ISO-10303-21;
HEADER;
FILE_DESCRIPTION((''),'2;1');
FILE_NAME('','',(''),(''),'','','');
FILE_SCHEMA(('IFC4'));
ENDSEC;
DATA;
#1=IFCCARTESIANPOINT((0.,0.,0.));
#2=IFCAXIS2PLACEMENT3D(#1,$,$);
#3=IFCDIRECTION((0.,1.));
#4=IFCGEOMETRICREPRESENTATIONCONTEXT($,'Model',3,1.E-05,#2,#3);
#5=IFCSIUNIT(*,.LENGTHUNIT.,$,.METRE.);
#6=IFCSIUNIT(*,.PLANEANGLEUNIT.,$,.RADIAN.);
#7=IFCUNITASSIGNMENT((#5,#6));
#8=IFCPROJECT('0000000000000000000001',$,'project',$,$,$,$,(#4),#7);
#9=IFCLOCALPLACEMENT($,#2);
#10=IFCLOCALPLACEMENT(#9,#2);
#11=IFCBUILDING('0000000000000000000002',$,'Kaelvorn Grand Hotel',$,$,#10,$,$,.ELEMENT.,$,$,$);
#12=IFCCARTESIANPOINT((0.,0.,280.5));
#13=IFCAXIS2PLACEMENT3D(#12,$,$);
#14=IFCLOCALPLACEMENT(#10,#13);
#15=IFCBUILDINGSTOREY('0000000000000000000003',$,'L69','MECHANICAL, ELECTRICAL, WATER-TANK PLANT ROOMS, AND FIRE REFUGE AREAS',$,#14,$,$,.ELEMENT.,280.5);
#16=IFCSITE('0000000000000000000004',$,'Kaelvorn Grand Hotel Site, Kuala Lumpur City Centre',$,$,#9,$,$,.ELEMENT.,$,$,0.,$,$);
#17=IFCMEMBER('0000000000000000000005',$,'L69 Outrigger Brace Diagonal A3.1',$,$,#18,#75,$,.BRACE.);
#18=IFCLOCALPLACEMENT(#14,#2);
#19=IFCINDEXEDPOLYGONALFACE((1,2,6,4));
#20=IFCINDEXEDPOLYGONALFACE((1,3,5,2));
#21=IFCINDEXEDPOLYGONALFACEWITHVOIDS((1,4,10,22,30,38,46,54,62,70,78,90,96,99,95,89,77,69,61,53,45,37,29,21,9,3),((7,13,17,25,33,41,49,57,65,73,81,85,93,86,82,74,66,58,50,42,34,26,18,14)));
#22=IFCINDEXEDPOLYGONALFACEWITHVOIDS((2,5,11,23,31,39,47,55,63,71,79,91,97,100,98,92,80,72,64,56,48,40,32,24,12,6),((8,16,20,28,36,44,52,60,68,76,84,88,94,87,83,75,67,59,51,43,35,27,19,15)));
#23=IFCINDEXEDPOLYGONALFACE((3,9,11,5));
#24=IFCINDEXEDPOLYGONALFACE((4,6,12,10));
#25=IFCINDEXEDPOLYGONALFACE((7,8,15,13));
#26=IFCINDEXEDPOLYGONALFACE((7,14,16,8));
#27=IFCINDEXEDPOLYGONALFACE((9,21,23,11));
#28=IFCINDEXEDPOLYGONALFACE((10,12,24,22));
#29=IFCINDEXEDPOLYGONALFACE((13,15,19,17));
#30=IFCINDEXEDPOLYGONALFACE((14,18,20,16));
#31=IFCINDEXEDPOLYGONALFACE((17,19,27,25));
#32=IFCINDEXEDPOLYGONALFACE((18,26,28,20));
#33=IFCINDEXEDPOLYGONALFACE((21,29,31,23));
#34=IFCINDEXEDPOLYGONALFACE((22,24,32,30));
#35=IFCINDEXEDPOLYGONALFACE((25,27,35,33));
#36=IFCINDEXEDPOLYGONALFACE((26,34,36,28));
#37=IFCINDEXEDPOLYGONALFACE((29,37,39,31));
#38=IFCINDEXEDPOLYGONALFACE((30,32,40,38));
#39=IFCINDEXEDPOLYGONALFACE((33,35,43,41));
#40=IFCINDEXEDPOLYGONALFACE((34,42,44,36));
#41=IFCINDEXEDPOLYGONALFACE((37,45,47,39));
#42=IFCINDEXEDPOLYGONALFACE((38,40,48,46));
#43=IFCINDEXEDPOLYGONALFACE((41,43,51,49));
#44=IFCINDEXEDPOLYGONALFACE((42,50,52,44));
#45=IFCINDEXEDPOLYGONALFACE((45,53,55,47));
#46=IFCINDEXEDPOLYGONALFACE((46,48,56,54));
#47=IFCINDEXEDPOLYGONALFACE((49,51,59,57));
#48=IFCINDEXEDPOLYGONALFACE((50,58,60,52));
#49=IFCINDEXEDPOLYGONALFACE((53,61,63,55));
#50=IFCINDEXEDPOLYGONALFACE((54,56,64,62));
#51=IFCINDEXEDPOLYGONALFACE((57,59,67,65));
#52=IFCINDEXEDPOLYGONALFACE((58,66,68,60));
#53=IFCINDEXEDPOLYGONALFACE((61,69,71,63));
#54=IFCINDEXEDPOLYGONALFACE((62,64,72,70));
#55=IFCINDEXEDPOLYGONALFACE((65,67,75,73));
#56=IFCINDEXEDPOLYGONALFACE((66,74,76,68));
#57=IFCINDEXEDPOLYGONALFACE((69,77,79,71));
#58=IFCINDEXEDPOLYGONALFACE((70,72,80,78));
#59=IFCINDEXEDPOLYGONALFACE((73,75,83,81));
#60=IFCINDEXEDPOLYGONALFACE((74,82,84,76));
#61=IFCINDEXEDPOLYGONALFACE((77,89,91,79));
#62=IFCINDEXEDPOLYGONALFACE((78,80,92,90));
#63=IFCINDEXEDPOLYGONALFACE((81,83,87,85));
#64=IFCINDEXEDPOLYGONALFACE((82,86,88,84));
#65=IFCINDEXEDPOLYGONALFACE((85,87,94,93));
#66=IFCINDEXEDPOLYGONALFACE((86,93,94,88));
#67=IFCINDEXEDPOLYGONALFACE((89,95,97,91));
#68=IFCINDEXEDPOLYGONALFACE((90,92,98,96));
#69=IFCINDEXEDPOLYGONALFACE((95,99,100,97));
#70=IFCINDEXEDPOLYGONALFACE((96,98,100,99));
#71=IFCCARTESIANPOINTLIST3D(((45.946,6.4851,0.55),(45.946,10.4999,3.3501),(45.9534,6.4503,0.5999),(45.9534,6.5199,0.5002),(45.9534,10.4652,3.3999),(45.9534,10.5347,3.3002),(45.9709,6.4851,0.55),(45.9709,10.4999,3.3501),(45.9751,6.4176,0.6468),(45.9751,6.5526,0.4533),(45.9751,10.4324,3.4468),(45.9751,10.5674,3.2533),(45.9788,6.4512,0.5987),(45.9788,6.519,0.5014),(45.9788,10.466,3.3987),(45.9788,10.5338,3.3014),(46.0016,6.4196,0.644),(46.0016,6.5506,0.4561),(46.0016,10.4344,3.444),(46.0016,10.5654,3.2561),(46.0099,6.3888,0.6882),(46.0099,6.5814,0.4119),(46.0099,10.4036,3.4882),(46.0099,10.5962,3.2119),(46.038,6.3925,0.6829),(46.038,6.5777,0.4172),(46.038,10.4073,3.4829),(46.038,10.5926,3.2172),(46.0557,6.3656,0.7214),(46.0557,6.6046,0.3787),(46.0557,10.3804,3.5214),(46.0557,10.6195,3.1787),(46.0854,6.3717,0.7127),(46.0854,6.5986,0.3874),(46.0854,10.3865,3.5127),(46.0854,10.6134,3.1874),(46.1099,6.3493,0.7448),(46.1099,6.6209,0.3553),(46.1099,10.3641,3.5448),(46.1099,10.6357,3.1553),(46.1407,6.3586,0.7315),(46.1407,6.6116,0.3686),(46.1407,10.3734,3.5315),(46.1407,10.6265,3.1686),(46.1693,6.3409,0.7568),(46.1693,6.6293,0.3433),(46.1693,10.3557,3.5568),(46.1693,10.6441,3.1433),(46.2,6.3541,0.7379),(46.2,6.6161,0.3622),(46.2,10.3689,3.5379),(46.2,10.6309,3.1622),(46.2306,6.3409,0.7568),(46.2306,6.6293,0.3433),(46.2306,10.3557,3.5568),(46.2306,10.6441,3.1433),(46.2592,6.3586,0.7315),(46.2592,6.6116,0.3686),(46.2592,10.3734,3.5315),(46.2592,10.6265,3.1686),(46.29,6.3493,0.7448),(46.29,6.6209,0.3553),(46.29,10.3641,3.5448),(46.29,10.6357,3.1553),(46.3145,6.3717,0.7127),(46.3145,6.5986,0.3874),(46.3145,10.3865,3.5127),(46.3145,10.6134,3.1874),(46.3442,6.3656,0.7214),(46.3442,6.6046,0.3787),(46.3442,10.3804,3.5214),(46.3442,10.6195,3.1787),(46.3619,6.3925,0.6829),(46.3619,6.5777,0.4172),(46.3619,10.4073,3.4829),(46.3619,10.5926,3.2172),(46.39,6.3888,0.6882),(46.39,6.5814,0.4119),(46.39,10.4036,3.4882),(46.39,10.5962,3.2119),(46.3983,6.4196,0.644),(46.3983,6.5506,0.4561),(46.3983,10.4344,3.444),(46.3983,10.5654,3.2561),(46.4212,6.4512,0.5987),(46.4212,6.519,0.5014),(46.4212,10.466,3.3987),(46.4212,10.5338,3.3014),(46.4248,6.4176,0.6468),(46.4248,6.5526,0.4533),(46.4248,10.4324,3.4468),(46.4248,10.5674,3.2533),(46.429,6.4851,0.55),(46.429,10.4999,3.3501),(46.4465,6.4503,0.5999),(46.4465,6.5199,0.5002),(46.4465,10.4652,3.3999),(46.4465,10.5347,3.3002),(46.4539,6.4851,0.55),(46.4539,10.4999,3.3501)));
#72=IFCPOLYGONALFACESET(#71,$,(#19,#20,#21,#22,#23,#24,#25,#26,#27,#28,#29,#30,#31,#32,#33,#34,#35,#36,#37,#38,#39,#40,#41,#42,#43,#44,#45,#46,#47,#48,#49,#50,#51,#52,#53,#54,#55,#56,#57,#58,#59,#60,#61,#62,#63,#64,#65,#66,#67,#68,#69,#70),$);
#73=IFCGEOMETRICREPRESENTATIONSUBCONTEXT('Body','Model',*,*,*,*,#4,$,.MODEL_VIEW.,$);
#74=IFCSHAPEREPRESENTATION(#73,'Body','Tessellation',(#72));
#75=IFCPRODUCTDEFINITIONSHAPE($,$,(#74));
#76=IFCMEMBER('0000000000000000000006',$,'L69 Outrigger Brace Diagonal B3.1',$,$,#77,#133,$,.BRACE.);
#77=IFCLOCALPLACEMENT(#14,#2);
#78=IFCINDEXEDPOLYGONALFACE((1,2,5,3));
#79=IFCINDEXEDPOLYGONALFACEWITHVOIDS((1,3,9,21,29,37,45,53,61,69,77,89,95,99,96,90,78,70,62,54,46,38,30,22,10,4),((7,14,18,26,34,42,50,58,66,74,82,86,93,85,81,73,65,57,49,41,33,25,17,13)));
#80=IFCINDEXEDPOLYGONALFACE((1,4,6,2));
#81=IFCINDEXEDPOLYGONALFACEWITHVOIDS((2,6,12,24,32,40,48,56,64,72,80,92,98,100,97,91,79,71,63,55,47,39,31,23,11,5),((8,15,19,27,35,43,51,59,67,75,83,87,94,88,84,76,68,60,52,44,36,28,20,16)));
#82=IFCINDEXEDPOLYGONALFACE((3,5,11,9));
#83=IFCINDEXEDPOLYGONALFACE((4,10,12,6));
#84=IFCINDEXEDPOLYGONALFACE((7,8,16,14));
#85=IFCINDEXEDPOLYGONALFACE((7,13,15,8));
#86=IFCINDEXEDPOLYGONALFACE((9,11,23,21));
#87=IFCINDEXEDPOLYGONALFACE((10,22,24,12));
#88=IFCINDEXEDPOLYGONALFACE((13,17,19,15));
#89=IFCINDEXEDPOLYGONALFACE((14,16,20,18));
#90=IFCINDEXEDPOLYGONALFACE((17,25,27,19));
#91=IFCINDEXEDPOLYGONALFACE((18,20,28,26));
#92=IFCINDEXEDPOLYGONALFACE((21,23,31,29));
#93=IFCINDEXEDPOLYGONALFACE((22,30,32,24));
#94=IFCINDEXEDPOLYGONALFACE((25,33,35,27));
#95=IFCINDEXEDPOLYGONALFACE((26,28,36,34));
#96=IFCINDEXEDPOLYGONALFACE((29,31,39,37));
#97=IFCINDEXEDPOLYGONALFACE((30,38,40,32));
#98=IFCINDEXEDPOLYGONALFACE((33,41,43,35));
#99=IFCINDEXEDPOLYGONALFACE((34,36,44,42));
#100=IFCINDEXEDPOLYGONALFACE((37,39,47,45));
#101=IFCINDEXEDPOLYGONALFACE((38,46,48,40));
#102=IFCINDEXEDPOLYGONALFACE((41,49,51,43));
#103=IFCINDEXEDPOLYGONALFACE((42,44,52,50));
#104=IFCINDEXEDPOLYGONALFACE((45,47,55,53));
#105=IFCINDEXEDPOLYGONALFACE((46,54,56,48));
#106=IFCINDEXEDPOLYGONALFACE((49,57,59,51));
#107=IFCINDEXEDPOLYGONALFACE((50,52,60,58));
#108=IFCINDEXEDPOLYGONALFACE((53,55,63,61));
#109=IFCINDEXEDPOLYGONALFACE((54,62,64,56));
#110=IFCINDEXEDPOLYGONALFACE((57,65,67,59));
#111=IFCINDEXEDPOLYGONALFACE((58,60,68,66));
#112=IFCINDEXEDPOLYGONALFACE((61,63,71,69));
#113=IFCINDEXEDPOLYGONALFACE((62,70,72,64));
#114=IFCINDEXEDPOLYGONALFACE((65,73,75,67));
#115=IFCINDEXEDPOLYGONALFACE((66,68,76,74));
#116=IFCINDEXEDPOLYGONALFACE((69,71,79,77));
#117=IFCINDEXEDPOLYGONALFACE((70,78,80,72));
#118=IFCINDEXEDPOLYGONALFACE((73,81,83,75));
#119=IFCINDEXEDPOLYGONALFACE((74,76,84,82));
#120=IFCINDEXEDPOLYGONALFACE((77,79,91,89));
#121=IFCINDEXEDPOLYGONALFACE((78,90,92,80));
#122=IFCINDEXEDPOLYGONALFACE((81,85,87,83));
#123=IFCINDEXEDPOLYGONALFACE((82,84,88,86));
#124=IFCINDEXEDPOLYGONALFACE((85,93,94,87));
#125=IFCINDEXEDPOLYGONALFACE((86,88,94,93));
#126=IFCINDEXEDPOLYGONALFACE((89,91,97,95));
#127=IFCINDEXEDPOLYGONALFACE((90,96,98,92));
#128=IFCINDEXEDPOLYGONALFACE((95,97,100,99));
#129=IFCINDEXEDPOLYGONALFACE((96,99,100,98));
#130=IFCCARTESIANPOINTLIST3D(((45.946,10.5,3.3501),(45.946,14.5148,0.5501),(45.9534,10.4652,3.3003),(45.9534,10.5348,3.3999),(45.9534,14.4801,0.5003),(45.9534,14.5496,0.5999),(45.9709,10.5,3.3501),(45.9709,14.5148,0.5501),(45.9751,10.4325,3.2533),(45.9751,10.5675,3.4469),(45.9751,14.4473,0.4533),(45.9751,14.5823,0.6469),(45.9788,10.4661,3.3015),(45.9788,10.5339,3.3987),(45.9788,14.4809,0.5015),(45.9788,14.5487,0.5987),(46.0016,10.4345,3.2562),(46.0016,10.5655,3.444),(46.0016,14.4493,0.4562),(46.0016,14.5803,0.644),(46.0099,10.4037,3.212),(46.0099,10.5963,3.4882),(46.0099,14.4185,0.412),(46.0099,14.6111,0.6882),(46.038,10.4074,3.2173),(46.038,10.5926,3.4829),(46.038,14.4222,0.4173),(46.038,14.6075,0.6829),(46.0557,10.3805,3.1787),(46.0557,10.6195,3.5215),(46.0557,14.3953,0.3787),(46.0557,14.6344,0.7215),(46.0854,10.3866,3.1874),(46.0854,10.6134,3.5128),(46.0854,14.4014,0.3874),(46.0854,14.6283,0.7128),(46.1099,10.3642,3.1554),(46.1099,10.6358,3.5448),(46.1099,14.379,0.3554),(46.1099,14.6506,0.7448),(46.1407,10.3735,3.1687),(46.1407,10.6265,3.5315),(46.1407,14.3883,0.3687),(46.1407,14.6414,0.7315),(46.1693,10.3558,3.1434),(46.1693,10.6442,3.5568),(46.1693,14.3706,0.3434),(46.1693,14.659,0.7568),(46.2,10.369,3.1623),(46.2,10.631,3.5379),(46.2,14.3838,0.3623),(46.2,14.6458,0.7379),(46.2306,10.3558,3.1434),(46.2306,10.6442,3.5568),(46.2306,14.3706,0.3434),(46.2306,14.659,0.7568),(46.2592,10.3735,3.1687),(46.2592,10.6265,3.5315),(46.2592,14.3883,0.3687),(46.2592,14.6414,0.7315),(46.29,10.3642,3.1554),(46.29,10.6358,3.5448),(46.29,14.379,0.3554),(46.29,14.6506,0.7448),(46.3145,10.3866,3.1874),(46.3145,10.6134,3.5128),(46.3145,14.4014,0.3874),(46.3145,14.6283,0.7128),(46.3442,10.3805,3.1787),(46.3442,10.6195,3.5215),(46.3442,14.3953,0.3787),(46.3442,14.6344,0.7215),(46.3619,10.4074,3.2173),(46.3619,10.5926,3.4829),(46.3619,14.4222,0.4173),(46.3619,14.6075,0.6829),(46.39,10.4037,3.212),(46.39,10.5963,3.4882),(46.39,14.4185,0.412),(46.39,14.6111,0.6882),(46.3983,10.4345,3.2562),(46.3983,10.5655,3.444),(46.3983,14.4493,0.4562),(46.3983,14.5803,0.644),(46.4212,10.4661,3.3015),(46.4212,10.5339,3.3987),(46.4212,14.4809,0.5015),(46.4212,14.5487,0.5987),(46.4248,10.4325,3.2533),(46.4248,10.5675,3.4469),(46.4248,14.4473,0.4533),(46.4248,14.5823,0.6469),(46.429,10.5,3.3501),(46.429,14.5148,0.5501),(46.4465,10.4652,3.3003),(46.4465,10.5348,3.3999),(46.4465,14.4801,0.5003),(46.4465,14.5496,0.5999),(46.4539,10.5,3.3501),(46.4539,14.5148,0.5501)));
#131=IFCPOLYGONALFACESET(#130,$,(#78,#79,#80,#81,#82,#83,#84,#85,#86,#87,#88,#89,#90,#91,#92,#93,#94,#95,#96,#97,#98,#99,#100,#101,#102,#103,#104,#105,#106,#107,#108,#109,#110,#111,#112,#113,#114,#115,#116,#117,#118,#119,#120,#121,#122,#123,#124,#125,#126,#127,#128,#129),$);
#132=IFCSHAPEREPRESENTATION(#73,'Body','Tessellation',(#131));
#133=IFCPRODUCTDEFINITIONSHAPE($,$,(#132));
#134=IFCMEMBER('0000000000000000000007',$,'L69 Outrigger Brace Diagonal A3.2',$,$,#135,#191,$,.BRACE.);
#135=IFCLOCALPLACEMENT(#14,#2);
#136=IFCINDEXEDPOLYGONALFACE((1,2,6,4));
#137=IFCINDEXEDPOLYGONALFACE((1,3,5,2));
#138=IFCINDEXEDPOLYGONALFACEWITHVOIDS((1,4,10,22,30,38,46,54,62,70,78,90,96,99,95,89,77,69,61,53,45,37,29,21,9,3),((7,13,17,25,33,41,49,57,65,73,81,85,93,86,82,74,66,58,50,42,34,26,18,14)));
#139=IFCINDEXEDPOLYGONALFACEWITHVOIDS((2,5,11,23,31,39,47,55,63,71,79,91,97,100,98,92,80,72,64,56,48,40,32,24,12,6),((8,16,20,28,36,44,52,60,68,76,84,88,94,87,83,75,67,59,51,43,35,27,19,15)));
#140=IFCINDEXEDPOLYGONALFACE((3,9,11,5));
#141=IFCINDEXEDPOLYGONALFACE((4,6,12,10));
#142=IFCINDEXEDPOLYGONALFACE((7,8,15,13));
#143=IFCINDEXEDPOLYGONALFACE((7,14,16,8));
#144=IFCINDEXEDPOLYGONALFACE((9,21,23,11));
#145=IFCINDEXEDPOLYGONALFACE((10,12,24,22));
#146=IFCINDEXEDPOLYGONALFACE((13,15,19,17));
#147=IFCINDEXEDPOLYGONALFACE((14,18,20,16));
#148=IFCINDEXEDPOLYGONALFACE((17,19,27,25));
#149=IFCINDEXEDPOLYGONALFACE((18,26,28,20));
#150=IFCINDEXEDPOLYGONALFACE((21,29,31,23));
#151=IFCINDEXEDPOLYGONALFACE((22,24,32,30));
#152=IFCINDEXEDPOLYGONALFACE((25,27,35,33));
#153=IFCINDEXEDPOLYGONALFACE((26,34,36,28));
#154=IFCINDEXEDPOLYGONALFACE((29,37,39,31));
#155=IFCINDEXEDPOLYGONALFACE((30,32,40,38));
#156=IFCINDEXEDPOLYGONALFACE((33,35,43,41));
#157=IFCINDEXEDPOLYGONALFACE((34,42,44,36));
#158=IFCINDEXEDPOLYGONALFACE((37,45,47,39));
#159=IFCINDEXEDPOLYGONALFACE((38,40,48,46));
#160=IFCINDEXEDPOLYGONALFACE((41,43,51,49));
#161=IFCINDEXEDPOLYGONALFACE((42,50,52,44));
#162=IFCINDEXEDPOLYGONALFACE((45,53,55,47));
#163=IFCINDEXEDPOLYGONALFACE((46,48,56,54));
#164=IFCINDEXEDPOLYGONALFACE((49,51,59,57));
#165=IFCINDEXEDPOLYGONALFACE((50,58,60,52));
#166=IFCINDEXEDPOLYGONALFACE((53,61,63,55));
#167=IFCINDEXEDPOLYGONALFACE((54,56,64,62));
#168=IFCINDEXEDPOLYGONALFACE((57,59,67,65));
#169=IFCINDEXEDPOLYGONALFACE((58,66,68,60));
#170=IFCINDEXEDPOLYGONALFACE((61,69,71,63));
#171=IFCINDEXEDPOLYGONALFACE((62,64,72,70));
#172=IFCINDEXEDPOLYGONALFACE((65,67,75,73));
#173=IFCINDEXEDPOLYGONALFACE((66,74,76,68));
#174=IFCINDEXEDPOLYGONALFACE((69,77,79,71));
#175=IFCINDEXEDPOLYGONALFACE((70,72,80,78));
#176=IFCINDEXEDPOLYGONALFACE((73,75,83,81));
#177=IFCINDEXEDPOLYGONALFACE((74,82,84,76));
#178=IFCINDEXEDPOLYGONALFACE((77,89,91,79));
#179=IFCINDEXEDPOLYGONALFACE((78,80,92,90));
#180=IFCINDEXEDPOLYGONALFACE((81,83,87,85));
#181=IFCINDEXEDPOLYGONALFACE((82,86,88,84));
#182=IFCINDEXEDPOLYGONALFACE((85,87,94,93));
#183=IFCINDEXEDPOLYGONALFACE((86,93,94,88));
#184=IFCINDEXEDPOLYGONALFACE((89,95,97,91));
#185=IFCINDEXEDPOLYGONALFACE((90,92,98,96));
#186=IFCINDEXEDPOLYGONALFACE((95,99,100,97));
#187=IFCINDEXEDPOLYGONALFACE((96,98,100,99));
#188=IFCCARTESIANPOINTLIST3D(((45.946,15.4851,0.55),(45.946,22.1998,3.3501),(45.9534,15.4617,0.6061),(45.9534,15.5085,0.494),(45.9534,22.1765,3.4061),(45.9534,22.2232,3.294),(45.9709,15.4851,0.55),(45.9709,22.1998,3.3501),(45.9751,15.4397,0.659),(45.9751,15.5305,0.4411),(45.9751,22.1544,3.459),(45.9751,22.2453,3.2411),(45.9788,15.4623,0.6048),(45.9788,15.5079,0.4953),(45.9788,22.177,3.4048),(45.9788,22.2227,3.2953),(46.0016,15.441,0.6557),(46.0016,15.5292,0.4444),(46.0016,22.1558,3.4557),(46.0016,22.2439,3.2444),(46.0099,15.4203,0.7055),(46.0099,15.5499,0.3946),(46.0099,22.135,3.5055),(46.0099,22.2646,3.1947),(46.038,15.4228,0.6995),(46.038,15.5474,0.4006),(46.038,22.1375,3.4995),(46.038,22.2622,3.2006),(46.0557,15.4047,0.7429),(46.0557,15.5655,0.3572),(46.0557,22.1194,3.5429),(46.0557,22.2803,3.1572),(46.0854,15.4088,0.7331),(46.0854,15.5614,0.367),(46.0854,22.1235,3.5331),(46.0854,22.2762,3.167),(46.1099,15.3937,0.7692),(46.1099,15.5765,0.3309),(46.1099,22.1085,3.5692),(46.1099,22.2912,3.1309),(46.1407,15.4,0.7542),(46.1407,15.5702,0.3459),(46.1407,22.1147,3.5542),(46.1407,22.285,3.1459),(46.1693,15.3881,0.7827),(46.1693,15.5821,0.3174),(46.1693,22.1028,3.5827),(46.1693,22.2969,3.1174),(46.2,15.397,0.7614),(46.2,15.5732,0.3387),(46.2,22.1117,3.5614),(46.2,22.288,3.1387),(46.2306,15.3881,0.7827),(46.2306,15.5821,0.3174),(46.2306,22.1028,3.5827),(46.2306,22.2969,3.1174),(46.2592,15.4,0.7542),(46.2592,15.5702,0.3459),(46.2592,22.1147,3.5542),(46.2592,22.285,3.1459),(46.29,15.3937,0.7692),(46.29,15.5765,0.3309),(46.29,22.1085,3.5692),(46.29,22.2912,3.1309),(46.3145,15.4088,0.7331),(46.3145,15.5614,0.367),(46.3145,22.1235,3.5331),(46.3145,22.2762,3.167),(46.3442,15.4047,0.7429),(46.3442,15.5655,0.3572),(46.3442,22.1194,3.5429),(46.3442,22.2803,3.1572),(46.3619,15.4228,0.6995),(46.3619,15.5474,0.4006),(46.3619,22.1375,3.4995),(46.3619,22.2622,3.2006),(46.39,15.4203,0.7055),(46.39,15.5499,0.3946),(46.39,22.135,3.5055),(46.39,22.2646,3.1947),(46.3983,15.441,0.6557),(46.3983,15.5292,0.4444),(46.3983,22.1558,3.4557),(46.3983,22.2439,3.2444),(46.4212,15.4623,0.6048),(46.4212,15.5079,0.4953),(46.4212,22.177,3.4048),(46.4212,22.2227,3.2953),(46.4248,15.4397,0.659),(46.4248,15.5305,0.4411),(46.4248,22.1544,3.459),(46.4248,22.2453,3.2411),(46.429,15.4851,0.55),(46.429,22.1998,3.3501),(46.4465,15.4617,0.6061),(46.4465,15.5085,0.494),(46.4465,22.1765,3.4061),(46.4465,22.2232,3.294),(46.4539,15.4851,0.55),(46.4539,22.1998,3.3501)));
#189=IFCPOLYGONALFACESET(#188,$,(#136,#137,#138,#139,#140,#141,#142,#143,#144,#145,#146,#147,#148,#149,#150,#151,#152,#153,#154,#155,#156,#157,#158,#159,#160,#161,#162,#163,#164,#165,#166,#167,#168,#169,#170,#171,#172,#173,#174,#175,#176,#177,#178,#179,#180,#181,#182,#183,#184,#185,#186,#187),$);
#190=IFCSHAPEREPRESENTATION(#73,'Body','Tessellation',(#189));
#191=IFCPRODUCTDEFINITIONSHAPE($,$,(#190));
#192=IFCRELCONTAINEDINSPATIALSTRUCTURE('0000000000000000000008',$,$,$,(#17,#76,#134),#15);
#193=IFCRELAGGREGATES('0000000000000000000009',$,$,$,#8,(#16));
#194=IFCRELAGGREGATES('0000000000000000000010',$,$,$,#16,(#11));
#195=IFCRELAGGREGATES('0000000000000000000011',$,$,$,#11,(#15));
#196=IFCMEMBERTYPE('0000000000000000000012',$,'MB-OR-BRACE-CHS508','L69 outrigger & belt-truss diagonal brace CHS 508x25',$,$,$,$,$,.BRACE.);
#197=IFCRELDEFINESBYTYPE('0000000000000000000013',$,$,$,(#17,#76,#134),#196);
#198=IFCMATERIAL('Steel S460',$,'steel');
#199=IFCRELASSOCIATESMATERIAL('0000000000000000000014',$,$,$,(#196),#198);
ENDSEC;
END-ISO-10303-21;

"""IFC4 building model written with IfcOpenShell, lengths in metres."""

from ifc_helpers import new_model, si_unit, direction, frame, origin, origin_2d, place, context, subcontext, project, spatial, hollow_circle, extrude, material, material_profile, profile_set, type_object, element, save


model = new_model("IFC4")

# Units and contexts
model_context = context("Model", 3, precision=1e-05, world=origin(), true_north=direction((0.0, 1.0)))
body_context = subcontext(model_context, "Body", "Model", "MODEL_VIEW")
ifc_project = project(units=[si_unit("LENGTHUNIT", "METRE"), si_unit("PLANEANGLEUNIT", "RADIAN")], contexts=[model_context])

# Site, building, storey
site_placement = place(None, origin())
site = spatial("IfcSite", under=ifc_project, at=site_placement, Name="Kaelvorn Grand Hotel Site, Kuala Lumpur City Centre", CompositionType="ELEMENT", RefElevation=0.0)
building_placement = place(site_placement, origin())
building = spatial("IfcBuilding", under=site, at=building_placement, Name="Kaelvorn Grand Hotel", CompositionType="ELEMENT")
storey_placement = place(building_placement, frame((0.0, 0.0, 280.5)))
storey = spatial("IfcBuildingStorey", under=building, at=storey_placement, Name="L69", Description="MECHANICAL, ELECTRICAL, WATER-TANK PLANT ROOMS, AND FIRE REFUGE AREAS", CompositionType="ELEMENT", Elevation=280.5)

# Shared definitions
ifc_material_1 = material(Name="Steel S460", Category="steel")

# Members
ifc_material_profile_1 = material_profile(ifc_material_1, hollow_circle(Radius=0.2539, WallThickness=0.0249, at=origin_2d()), Name="CHS 508.0x25.0")
ifc_profile_set_1 = profile_set([ifc_material_profile_1], Name="Steel S460")
member_type_1 = type_object("IfcMemberType", Name="MB-OR-BRACE-CHS508", Description="L69 outrigger & belt-truss diagonal brace CHS 508x25", PredefinedType="BRACE", material=ifc_profile_set_1)
for number, where, z_axis, x_axis, name in (
    (1, (46.2, 6.4851, 0.55), (0.0, 0.820227, 0.572039), (-1.0, 0.0, 0.0), "L69 Outrigger Brace Diagonal A3.1"),
    (2, (46.2, 10.5, 3.3501), (0.0, 0.820227, -0.572039), (-1.0, 0.0, 0.0), "L69 Outrigger Brace Diagonal B3.1"),
):
    element("IfcMember", number, at=place(storey_placement, frame(where, z_axis=z_axis, x_axis=x_axis)), inside=storey, type_object=member_type_1, Name=name, PredefinedType="BRACE", context=body_context, shape_type="SweptSolid", body=[
        extrude(hollow_circle(Radius=0.2539, WallThickness=0.0249, at=origin_2d()), origin(), (0.0, 0.0, 1.0), 4.8948),
    ])
member_1_placement = place(storey_placement, frame((46.2, 15.4851, 0.55), z_axis=(0.0, 0.92297, 0.384873), x_axis=(-1.0, 0.0, 0.0)))
element("IfcMember", 3, at=member_1_placement, inside=storey, type_object=member_type_1, Name="L69 Outrigger Brace Diagonal A3.2", PredefinedType="BRACE", context=body_context, shape_type="SweptSolid", body=[
    extrude(hollow_circle(Radius=0.2539, WallThickness=0.0249, at=origin_2d()), origin(), (0.0, 0.0, 1.0), 7.2751),
])

save(model, "model.ifc")
